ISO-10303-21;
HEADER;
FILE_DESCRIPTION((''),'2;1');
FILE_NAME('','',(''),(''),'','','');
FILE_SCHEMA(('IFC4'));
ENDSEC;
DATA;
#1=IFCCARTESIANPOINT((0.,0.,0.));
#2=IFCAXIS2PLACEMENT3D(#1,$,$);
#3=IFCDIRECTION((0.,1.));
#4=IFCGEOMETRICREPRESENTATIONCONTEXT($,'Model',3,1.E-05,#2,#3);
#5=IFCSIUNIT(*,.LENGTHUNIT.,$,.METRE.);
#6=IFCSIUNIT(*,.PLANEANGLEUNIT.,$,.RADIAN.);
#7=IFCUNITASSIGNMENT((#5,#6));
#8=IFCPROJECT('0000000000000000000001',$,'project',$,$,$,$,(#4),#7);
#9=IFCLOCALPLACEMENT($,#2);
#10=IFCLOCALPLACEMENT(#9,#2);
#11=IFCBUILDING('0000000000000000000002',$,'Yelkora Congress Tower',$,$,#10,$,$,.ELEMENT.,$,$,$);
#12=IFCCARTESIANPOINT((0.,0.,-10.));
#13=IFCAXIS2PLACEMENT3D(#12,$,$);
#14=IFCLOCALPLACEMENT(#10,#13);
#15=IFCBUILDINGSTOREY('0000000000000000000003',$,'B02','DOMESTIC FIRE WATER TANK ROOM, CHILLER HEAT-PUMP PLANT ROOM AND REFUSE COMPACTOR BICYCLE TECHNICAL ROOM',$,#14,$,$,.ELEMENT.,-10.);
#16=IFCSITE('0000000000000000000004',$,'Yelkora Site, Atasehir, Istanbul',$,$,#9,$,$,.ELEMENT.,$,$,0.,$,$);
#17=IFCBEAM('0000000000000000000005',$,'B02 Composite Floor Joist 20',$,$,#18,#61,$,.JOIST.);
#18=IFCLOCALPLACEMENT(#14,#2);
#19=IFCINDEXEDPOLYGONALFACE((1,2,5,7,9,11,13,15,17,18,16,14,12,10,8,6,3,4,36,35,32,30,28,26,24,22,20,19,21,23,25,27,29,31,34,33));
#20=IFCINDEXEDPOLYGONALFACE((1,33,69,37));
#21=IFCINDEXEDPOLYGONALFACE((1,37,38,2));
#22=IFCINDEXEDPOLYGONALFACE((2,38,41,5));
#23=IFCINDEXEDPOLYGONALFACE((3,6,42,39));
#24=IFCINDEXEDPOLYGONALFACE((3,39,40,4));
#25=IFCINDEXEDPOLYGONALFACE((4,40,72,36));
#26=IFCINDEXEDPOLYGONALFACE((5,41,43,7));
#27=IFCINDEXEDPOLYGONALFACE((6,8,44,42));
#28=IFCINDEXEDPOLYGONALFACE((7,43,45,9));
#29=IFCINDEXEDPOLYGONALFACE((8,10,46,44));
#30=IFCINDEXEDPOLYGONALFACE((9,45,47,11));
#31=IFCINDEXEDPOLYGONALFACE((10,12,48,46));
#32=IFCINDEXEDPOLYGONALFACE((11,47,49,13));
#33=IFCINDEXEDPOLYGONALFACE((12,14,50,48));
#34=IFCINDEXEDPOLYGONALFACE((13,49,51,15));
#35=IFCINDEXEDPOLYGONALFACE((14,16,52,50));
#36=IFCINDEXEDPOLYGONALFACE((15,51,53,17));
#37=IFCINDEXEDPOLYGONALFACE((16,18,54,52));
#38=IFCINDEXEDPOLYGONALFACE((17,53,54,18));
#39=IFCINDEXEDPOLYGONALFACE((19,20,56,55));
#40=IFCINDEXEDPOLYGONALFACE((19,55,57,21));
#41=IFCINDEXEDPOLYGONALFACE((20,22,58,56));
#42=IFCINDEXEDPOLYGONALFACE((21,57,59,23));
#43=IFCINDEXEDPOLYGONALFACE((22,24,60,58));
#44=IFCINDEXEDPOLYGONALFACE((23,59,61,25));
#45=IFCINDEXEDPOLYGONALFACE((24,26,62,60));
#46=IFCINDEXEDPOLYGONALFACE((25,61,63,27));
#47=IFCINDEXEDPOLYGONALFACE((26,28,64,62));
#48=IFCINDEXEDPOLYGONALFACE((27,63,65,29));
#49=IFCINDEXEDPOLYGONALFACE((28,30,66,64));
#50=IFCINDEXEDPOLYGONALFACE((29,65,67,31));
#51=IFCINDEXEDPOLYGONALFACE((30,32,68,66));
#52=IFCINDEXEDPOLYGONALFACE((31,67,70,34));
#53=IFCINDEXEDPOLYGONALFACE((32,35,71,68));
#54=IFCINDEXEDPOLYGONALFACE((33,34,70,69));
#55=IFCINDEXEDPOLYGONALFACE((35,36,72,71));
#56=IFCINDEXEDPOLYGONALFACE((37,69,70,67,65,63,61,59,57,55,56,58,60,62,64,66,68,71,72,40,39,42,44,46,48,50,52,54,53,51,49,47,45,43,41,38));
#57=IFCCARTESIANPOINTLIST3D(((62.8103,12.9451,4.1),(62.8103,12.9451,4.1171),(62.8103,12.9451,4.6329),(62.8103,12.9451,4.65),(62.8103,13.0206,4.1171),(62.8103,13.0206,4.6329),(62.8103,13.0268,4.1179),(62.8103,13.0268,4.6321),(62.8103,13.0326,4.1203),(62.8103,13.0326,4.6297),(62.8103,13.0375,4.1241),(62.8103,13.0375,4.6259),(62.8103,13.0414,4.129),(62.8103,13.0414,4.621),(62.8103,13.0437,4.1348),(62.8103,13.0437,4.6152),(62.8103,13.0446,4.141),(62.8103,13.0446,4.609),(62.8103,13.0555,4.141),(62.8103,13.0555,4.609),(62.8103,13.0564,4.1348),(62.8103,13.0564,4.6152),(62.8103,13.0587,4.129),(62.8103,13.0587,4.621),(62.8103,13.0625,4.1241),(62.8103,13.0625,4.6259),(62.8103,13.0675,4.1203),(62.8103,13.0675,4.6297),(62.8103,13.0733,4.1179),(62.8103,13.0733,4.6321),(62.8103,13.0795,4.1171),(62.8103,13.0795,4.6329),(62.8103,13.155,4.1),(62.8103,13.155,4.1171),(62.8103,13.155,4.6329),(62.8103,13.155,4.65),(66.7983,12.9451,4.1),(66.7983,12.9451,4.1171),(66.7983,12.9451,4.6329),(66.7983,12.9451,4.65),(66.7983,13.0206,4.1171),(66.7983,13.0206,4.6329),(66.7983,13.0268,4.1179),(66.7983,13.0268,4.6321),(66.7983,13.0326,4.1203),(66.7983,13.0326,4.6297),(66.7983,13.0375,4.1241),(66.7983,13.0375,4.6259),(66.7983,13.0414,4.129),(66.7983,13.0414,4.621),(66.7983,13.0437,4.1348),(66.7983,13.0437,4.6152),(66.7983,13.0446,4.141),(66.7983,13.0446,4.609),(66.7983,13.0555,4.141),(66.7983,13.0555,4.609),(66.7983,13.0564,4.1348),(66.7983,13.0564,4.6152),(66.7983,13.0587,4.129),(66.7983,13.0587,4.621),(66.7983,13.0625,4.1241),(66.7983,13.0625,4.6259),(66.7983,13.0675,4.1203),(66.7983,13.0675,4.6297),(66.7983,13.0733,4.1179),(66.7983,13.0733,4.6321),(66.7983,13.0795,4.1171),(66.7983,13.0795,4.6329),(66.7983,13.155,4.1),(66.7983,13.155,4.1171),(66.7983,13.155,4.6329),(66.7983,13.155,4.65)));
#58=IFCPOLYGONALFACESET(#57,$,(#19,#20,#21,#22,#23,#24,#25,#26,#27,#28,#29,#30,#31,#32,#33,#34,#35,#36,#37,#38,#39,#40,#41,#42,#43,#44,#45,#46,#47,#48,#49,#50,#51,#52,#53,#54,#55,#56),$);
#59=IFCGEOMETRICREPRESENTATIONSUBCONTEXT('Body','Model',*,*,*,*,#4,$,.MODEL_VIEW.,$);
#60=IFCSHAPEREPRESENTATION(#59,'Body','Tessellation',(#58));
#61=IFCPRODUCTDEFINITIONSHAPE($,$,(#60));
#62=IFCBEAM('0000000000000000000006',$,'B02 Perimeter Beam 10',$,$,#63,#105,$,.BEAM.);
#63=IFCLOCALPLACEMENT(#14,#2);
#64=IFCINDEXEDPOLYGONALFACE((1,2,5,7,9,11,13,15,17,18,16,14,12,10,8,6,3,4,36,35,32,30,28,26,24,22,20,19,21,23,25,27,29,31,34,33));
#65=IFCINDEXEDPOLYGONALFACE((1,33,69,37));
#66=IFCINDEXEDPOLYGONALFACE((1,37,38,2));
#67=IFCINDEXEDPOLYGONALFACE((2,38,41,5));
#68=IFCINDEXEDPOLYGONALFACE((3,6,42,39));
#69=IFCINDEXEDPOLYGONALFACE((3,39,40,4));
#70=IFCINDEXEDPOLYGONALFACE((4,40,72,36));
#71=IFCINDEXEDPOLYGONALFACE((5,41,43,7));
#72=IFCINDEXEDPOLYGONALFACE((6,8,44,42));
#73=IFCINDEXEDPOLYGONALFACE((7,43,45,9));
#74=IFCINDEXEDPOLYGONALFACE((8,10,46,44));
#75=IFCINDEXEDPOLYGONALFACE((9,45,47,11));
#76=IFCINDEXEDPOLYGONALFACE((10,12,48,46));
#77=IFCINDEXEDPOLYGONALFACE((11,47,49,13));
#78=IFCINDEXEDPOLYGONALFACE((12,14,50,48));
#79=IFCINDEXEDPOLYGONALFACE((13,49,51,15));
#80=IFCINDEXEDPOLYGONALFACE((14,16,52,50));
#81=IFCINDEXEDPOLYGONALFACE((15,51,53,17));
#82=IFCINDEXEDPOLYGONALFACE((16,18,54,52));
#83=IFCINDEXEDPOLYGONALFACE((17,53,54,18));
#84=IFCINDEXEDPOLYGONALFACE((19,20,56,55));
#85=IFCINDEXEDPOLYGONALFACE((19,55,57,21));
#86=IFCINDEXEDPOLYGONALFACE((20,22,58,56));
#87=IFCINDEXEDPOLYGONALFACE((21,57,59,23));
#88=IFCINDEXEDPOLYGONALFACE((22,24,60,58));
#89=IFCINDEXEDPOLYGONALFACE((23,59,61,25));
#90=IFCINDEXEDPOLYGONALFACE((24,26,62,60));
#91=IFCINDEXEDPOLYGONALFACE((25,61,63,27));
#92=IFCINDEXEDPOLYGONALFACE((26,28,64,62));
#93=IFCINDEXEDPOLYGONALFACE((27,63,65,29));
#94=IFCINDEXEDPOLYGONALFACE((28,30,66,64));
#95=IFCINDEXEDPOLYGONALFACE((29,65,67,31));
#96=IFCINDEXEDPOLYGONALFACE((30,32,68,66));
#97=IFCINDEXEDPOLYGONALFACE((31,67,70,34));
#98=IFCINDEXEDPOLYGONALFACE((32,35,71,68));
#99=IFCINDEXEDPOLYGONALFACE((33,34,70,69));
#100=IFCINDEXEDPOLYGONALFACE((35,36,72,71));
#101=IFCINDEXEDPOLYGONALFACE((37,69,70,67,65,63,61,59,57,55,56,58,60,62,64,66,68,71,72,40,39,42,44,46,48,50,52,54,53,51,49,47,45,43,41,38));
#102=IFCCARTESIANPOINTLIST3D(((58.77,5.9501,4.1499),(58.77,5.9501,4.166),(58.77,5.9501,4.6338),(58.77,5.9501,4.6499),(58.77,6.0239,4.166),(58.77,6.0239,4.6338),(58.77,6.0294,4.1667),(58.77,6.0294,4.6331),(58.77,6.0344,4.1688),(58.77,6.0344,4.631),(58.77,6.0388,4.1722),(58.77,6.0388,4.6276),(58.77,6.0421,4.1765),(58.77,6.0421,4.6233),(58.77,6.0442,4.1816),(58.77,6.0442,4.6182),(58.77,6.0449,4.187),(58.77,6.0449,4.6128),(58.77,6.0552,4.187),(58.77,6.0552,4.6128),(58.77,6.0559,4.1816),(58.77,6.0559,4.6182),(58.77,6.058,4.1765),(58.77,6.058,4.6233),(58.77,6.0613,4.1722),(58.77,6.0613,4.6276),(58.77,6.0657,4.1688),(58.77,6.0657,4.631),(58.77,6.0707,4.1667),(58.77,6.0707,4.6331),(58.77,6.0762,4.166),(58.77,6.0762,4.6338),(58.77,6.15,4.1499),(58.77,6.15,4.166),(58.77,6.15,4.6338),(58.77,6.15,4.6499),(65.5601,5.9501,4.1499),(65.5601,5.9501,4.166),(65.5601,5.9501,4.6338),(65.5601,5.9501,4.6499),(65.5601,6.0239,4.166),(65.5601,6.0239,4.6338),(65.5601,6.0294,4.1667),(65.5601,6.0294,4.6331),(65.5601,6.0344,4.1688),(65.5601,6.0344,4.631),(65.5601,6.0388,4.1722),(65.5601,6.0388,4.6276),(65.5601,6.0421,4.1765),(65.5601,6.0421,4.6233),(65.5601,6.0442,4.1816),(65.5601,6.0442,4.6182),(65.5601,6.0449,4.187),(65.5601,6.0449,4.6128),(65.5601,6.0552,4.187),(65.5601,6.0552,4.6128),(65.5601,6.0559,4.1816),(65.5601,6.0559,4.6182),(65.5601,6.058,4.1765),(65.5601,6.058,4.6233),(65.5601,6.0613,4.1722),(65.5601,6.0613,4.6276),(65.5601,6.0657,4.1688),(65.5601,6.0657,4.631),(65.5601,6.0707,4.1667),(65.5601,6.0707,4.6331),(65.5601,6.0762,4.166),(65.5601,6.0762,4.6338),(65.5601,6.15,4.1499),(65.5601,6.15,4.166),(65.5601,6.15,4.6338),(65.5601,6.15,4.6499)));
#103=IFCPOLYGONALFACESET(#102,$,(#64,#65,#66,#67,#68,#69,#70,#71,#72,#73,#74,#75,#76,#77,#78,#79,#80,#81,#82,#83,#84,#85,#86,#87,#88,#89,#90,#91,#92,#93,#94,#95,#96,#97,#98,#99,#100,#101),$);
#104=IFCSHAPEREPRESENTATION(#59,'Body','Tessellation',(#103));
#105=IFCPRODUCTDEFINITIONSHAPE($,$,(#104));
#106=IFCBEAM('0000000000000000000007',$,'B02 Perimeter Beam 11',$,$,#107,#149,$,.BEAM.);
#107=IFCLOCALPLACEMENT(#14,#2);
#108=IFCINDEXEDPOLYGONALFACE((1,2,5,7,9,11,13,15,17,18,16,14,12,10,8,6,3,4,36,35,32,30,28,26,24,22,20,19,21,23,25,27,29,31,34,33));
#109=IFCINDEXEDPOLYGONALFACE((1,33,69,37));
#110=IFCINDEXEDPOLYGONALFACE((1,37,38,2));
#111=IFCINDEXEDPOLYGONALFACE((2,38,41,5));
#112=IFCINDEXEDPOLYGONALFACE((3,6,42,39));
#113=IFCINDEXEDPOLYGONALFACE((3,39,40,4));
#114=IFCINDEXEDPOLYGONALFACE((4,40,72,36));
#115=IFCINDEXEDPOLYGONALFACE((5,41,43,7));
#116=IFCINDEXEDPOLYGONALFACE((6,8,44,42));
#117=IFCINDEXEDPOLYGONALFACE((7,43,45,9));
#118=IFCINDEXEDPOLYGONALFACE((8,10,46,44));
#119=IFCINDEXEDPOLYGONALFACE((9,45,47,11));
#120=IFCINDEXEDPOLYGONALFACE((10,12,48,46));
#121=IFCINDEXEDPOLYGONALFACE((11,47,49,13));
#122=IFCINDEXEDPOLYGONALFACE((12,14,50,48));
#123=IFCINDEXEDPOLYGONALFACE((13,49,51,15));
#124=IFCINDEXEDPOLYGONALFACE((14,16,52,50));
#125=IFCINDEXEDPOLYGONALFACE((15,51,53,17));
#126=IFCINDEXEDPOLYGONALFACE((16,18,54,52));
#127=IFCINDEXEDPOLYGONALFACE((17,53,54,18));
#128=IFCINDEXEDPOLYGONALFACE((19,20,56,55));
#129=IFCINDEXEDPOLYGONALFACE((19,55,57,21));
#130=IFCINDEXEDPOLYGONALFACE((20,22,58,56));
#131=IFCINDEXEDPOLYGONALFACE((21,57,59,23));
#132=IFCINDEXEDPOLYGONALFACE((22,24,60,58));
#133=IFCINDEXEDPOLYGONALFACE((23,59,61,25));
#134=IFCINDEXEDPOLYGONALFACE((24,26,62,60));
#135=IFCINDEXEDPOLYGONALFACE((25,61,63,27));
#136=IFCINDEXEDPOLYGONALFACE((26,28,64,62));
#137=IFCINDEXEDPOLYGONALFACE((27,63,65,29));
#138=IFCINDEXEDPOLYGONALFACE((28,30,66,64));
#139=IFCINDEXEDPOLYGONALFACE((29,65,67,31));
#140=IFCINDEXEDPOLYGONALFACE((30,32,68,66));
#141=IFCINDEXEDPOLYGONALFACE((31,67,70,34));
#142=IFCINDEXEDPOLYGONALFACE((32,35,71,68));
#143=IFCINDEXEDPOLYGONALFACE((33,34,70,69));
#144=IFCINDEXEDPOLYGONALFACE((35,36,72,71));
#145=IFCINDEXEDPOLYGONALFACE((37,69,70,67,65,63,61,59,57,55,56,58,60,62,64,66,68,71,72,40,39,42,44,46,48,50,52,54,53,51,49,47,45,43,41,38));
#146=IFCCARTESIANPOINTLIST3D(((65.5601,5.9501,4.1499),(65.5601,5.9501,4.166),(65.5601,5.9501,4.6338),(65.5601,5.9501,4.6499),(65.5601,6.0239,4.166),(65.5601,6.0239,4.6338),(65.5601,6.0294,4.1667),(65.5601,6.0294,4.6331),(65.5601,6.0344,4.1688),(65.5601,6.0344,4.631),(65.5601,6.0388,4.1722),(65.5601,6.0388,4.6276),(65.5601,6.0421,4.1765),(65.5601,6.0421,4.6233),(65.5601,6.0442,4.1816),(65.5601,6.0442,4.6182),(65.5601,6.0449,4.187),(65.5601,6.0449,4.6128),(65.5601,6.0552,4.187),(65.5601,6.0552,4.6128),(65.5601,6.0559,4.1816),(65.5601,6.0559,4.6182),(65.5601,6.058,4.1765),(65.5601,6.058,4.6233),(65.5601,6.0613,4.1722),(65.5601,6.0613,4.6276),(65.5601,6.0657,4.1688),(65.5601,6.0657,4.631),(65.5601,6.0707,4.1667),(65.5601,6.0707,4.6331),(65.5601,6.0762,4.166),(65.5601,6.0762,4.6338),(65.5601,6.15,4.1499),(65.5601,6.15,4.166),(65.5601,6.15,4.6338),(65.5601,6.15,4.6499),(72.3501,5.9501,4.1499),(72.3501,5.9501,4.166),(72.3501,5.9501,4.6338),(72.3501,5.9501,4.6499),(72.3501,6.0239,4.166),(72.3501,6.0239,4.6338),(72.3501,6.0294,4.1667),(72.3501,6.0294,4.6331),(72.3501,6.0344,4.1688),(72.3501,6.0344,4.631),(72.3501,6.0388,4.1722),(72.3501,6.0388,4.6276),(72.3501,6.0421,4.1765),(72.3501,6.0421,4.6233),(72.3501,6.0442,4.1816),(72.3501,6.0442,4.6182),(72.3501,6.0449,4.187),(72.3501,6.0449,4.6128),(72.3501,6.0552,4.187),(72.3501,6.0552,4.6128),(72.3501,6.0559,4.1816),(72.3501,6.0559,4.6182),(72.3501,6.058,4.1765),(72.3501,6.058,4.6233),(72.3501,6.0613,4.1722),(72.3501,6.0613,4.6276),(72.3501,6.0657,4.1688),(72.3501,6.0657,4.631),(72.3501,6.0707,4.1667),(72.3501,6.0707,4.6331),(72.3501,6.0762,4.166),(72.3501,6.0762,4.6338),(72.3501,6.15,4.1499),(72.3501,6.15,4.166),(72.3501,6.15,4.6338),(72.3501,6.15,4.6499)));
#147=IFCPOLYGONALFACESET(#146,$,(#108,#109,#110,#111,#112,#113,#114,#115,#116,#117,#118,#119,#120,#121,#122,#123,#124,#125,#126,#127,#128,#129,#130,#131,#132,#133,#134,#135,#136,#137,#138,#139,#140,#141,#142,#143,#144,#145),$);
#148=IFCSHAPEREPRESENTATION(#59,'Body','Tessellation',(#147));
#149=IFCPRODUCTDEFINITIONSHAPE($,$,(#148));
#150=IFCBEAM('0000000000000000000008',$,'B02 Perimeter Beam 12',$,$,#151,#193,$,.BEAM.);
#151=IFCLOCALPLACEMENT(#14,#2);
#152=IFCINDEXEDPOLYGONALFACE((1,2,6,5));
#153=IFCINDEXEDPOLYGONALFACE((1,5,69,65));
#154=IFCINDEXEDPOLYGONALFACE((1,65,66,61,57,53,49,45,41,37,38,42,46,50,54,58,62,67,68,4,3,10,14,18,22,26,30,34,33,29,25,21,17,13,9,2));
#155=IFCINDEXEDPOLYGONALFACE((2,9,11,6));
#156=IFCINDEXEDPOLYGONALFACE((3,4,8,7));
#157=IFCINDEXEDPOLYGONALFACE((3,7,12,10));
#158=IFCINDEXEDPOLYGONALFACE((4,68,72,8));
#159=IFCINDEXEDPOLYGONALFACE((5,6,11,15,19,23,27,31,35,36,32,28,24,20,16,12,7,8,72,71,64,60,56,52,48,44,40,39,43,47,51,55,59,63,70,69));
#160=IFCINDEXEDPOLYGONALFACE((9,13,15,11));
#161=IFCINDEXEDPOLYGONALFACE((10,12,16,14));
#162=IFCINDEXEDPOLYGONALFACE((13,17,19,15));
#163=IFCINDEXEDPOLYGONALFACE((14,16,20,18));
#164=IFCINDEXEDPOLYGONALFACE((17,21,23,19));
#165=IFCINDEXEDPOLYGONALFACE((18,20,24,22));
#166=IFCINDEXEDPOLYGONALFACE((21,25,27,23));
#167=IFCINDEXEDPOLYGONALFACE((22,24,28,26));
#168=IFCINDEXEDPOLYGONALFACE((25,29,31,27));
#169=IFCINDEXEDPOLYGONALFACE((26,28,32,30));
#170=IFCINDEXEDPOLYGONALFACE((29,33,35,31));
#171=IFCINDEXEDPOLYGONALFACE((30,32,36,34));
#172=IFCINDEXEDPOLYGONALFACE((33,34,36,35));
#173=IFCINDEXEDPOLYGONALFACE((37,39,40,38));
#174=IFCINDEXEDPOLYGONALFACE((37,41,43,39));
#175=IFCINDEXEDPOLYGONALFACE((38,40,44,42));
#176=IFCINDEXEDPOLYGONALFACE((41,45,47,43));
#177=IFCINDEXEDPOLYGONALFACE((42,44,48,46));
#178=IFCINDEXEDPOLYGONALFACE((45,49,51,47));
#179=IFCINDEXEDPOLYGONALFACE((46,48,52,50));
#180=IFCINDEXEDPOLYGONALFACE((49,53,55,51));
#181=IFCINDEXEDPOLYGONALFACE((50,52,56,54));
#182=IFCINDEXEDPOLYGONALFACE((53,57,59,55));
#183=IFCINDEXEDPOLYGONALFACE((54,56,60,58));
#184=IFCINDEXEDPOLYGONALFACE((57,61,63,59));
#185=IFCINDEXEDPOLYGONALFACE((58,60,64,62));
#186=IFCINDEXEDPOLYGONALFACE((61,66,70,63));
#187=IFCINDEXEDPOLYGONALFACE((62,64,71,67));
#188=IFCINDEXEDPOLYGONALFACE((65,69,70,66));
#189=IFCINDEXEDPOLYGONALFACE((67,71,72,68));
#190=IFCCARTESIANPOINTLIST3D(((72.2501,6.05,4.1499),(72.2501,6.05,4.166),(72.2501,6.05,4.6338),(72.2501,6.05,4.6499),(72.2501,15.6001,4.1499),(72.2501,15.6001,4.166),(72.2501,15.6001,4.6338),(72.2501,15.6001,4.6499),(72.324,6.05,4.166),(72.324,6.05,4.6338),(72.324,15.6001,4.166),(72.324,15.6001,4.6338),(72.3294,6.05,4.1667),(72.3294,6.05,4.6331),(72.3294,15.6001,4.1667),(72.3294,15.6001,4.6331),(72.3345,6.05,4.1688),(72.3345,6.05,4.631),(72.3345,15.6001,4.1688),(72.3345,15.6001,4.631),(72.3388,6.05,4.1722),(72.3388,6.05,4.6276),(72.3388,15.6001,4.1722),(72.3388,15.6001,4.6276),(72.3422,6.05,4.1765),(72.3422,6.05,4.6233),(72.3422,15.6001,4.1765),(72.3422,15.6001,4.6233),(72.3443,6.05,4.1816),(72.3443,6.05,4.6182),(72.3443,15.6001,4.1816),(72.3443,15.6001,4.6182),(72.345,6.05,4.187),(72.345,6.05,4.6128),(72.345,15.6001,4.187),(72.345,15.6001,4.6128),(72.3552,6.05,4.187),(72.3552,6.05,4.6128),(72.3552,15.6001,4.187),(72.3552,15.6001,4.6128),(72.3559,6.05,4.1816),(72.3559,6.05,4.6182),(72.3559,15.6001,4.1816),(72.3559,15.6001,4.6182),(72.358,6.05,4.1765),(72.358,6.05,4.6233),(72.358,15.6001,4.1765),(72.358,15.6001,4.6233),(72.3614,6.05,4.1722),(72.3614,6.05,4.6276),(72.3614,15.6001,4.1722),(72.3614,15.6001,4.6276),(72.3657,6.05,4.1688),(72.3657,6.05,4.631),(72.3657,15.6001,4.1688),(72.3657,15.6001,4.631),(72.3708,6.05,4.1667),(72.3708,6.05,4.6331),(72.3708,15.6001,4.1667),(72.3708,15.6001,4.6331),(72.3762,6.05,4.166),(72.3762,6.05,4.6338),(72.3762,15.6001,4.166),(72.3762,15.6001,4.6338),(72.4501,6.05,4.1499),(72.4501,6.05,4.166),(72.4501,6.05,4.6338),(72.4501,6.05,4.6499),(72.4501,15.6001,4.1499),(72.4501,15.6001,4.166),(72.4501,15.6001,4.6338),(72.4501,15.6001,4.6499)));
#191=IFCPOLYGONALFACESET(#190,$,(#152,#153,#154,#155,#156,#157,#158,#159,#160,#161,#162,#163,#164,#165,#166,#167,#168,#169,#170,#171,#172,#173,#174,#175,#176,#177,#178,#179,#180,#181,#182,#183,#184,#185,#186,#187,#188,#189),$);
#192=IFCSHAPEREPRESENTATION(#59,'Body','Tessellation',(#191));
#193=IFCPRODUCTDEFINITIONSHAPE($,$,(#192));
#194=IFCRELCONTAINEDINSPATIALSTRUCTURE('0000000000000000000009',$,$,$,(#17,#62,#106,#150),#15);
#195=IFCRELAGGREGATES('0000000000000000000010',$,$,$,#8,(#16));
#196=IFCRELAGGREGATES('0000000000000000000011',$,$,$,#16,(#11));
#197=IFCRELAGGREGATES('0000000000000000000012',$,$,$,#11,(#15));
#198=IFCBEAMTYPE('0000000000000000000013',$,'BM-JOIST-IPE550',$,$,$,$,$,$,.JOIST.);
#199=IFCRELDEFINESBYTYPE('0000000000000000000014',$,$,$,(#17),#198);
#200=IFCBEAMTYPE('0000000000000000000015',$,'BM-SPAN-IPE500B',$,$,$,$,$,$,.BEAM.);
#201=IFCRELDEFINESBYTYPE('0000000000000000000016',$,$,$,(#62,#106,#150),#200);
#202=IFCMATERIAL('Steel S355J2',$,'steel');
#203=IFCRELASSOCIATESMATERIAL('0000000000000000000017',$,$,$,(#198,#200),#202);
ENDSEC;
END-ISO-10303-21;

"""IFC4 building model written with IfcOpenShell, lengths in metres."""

from ifc_helpers import new_model, si_unit, direction, frame, origin, origin_2d, place, context, subcontext, project, spatial, i_section, extrude, material, material_profile, profile_set, type_object, element, save


model = new_model("IFC4")

# Units and contexts
model_context = context("Model", 3, precision=1e-05, world=origin(), true_north=direction((0.0, 1.0)))
body_context = subcontext(model_context, "Body", "Model", "MODEL_VIEW")
ifc_project = project(units=[si_unit("LENGTHUNIT", "METRE"), si_unit("PLANEANGLEUNIT", "RADIAN")], contexts=[model_context])

# Site, building, storey
site_placement = place(None, origin())
site = spatial("IfcSite", under=ifc_project, at=site_placement, Name="Yelkora Site, Atasehir, Istanbul", CompositionType="ELEMENT", RefElevation=0.0)
building_placement = place(site_placement, origin())
building = spatial("IfcBuilding", under=site, at=building_placement, Name="Yelkora Congress Tower", CompositionType="ELEMENT")
storey_placement = place(building_placement, frame((0.0, 0.0, -10.0)))
storey = spatial("IfcBuildingStorey", under=building, at=storey_placement, Name="B02", Description="DOMESTIC FIRE WATER TANK ROOM, CHILLER HEAT-PUMP PLANT ROOM AND REFUSE COMPACTOR BICYCLE TECHNICAL ROOM", CompositionType="ELEMENT", Elevation=-10.0)

# Beams
ifc_material_1 = material(Name="Steel S355J2", Category="steel")
ifc_material_profile_1 = material_profile(ifc_material_1, i_section(OverallWidth=0.21, OverallDepth=0.55, WebThickness=0.011, FlangeThickness=0.0171, FilletRadius=0.0239, at=origin_2d()), Name="IPE 550")
ifc_profile_set_1 = profile_set([ifc_material_profile_1], Name="Steel S355J2")
beam_type_1 = type_object("IfcBeamType", Name="BM-JOIST-IPE550", PredefinedType="JOIST", material=ifc_profile_set_1)
for number, where, z_axis, x_axis, name in (
    (1, (62.8103, 13.05, 4.375), (1.0, 0.0, 0.0), (0.0, 1.0, 0.0), "B02 Composite Floor Joist 20"),
):
    element("IfcBeam", number, at=place(storey_placement, frame(where, z_axis=z_axis, x_axis=x_axis)), inside=storey, type_object=beam_type_1, Name=name, PredefinedType="JOIST", context=body_context, shape_type="SweptSolid", body=[
        extrude(i_section(OverallWidth=0.21, OverallDepth=0.55, WebThickness=0.011, FlangeThickness=0.0171, FilletRadius=0.0239, at=origin_2d()), origin(), (0.0, 0.0, 1.0), 3.988),
    ])
ifc_material_profile_2 = material_profile(ifc_material_1, i_section(OverallWidth=0.2, OverallDepth=0.5, WebThickness=0.0103, FlangeThickness=0.0161, FilletRadius=0.021, at=origin_2d()), Name="IPE 500")
ifc_profile_set_2 = profile_set([ifc_material_profile_2], Name="Steel S355J2")
beam_type_2 = type_object("IfcBeamType", Name="BM-SPAN-IPE500B", PredefinedType="BEAM", material=ifc_profile_set_2)
for number, where, z_axis, x_axis, name in (
    (2, (58.77, 6.05, 4.3999), (1.0, 0.0, 0.0), (0.0, 1.0, 0.0), "B02 Perimeter Beam 10"),
    (3, (65.5601, 6.05, 4.3999), (1.0, 0.0, 0.0), (0.0, 1.0, 0.0), "B02 Perimeter Beam 11"),
):
    element("IfcBeam", number, at=place(storey_placement, frame(where, z_axis=z_axis, x_axis=x_axis)), inside=storey, type_object=beam_type_2, Name=name, PredefinedType="BEAM", context=body_context, shape_type="SweptSolid", body=[
        extrude(i_section(OverallWidth=0.2, OverallDepth=0.5, WebThickness=0.0103, FlangeThickness=0.0161, FilletRadius=0.021, at=origin_2d()), origin(), (0.0, 0.0, 1.0), 6.79),
    ])
beam_1_placement = place(storey_placement, frame((72.3501, 6.05, 4.3999), z_axis=(0.0, 1.0, 0.0), x_axis=(-1.0, 0.0, 0.0)))
element("IfcBeam", 4, at=beam_1_placement, inside=storey, type_object=beam_type_2, Name="B02 Perimeter Beam 12", PredefinedType="BEAM", context=body_context, shape_type="SweptSolid", body=[
    extrude(i_section(OverallWidth=0.2, OverallDepth=0.5, WebThickness=0.0103, FlangeThickness=0.0161, FilletRadius=0.021, at=origin_2d()), origin(), (0.0, 0.0, 1.0), 9.55),
])

save(model, "model.ifc")
